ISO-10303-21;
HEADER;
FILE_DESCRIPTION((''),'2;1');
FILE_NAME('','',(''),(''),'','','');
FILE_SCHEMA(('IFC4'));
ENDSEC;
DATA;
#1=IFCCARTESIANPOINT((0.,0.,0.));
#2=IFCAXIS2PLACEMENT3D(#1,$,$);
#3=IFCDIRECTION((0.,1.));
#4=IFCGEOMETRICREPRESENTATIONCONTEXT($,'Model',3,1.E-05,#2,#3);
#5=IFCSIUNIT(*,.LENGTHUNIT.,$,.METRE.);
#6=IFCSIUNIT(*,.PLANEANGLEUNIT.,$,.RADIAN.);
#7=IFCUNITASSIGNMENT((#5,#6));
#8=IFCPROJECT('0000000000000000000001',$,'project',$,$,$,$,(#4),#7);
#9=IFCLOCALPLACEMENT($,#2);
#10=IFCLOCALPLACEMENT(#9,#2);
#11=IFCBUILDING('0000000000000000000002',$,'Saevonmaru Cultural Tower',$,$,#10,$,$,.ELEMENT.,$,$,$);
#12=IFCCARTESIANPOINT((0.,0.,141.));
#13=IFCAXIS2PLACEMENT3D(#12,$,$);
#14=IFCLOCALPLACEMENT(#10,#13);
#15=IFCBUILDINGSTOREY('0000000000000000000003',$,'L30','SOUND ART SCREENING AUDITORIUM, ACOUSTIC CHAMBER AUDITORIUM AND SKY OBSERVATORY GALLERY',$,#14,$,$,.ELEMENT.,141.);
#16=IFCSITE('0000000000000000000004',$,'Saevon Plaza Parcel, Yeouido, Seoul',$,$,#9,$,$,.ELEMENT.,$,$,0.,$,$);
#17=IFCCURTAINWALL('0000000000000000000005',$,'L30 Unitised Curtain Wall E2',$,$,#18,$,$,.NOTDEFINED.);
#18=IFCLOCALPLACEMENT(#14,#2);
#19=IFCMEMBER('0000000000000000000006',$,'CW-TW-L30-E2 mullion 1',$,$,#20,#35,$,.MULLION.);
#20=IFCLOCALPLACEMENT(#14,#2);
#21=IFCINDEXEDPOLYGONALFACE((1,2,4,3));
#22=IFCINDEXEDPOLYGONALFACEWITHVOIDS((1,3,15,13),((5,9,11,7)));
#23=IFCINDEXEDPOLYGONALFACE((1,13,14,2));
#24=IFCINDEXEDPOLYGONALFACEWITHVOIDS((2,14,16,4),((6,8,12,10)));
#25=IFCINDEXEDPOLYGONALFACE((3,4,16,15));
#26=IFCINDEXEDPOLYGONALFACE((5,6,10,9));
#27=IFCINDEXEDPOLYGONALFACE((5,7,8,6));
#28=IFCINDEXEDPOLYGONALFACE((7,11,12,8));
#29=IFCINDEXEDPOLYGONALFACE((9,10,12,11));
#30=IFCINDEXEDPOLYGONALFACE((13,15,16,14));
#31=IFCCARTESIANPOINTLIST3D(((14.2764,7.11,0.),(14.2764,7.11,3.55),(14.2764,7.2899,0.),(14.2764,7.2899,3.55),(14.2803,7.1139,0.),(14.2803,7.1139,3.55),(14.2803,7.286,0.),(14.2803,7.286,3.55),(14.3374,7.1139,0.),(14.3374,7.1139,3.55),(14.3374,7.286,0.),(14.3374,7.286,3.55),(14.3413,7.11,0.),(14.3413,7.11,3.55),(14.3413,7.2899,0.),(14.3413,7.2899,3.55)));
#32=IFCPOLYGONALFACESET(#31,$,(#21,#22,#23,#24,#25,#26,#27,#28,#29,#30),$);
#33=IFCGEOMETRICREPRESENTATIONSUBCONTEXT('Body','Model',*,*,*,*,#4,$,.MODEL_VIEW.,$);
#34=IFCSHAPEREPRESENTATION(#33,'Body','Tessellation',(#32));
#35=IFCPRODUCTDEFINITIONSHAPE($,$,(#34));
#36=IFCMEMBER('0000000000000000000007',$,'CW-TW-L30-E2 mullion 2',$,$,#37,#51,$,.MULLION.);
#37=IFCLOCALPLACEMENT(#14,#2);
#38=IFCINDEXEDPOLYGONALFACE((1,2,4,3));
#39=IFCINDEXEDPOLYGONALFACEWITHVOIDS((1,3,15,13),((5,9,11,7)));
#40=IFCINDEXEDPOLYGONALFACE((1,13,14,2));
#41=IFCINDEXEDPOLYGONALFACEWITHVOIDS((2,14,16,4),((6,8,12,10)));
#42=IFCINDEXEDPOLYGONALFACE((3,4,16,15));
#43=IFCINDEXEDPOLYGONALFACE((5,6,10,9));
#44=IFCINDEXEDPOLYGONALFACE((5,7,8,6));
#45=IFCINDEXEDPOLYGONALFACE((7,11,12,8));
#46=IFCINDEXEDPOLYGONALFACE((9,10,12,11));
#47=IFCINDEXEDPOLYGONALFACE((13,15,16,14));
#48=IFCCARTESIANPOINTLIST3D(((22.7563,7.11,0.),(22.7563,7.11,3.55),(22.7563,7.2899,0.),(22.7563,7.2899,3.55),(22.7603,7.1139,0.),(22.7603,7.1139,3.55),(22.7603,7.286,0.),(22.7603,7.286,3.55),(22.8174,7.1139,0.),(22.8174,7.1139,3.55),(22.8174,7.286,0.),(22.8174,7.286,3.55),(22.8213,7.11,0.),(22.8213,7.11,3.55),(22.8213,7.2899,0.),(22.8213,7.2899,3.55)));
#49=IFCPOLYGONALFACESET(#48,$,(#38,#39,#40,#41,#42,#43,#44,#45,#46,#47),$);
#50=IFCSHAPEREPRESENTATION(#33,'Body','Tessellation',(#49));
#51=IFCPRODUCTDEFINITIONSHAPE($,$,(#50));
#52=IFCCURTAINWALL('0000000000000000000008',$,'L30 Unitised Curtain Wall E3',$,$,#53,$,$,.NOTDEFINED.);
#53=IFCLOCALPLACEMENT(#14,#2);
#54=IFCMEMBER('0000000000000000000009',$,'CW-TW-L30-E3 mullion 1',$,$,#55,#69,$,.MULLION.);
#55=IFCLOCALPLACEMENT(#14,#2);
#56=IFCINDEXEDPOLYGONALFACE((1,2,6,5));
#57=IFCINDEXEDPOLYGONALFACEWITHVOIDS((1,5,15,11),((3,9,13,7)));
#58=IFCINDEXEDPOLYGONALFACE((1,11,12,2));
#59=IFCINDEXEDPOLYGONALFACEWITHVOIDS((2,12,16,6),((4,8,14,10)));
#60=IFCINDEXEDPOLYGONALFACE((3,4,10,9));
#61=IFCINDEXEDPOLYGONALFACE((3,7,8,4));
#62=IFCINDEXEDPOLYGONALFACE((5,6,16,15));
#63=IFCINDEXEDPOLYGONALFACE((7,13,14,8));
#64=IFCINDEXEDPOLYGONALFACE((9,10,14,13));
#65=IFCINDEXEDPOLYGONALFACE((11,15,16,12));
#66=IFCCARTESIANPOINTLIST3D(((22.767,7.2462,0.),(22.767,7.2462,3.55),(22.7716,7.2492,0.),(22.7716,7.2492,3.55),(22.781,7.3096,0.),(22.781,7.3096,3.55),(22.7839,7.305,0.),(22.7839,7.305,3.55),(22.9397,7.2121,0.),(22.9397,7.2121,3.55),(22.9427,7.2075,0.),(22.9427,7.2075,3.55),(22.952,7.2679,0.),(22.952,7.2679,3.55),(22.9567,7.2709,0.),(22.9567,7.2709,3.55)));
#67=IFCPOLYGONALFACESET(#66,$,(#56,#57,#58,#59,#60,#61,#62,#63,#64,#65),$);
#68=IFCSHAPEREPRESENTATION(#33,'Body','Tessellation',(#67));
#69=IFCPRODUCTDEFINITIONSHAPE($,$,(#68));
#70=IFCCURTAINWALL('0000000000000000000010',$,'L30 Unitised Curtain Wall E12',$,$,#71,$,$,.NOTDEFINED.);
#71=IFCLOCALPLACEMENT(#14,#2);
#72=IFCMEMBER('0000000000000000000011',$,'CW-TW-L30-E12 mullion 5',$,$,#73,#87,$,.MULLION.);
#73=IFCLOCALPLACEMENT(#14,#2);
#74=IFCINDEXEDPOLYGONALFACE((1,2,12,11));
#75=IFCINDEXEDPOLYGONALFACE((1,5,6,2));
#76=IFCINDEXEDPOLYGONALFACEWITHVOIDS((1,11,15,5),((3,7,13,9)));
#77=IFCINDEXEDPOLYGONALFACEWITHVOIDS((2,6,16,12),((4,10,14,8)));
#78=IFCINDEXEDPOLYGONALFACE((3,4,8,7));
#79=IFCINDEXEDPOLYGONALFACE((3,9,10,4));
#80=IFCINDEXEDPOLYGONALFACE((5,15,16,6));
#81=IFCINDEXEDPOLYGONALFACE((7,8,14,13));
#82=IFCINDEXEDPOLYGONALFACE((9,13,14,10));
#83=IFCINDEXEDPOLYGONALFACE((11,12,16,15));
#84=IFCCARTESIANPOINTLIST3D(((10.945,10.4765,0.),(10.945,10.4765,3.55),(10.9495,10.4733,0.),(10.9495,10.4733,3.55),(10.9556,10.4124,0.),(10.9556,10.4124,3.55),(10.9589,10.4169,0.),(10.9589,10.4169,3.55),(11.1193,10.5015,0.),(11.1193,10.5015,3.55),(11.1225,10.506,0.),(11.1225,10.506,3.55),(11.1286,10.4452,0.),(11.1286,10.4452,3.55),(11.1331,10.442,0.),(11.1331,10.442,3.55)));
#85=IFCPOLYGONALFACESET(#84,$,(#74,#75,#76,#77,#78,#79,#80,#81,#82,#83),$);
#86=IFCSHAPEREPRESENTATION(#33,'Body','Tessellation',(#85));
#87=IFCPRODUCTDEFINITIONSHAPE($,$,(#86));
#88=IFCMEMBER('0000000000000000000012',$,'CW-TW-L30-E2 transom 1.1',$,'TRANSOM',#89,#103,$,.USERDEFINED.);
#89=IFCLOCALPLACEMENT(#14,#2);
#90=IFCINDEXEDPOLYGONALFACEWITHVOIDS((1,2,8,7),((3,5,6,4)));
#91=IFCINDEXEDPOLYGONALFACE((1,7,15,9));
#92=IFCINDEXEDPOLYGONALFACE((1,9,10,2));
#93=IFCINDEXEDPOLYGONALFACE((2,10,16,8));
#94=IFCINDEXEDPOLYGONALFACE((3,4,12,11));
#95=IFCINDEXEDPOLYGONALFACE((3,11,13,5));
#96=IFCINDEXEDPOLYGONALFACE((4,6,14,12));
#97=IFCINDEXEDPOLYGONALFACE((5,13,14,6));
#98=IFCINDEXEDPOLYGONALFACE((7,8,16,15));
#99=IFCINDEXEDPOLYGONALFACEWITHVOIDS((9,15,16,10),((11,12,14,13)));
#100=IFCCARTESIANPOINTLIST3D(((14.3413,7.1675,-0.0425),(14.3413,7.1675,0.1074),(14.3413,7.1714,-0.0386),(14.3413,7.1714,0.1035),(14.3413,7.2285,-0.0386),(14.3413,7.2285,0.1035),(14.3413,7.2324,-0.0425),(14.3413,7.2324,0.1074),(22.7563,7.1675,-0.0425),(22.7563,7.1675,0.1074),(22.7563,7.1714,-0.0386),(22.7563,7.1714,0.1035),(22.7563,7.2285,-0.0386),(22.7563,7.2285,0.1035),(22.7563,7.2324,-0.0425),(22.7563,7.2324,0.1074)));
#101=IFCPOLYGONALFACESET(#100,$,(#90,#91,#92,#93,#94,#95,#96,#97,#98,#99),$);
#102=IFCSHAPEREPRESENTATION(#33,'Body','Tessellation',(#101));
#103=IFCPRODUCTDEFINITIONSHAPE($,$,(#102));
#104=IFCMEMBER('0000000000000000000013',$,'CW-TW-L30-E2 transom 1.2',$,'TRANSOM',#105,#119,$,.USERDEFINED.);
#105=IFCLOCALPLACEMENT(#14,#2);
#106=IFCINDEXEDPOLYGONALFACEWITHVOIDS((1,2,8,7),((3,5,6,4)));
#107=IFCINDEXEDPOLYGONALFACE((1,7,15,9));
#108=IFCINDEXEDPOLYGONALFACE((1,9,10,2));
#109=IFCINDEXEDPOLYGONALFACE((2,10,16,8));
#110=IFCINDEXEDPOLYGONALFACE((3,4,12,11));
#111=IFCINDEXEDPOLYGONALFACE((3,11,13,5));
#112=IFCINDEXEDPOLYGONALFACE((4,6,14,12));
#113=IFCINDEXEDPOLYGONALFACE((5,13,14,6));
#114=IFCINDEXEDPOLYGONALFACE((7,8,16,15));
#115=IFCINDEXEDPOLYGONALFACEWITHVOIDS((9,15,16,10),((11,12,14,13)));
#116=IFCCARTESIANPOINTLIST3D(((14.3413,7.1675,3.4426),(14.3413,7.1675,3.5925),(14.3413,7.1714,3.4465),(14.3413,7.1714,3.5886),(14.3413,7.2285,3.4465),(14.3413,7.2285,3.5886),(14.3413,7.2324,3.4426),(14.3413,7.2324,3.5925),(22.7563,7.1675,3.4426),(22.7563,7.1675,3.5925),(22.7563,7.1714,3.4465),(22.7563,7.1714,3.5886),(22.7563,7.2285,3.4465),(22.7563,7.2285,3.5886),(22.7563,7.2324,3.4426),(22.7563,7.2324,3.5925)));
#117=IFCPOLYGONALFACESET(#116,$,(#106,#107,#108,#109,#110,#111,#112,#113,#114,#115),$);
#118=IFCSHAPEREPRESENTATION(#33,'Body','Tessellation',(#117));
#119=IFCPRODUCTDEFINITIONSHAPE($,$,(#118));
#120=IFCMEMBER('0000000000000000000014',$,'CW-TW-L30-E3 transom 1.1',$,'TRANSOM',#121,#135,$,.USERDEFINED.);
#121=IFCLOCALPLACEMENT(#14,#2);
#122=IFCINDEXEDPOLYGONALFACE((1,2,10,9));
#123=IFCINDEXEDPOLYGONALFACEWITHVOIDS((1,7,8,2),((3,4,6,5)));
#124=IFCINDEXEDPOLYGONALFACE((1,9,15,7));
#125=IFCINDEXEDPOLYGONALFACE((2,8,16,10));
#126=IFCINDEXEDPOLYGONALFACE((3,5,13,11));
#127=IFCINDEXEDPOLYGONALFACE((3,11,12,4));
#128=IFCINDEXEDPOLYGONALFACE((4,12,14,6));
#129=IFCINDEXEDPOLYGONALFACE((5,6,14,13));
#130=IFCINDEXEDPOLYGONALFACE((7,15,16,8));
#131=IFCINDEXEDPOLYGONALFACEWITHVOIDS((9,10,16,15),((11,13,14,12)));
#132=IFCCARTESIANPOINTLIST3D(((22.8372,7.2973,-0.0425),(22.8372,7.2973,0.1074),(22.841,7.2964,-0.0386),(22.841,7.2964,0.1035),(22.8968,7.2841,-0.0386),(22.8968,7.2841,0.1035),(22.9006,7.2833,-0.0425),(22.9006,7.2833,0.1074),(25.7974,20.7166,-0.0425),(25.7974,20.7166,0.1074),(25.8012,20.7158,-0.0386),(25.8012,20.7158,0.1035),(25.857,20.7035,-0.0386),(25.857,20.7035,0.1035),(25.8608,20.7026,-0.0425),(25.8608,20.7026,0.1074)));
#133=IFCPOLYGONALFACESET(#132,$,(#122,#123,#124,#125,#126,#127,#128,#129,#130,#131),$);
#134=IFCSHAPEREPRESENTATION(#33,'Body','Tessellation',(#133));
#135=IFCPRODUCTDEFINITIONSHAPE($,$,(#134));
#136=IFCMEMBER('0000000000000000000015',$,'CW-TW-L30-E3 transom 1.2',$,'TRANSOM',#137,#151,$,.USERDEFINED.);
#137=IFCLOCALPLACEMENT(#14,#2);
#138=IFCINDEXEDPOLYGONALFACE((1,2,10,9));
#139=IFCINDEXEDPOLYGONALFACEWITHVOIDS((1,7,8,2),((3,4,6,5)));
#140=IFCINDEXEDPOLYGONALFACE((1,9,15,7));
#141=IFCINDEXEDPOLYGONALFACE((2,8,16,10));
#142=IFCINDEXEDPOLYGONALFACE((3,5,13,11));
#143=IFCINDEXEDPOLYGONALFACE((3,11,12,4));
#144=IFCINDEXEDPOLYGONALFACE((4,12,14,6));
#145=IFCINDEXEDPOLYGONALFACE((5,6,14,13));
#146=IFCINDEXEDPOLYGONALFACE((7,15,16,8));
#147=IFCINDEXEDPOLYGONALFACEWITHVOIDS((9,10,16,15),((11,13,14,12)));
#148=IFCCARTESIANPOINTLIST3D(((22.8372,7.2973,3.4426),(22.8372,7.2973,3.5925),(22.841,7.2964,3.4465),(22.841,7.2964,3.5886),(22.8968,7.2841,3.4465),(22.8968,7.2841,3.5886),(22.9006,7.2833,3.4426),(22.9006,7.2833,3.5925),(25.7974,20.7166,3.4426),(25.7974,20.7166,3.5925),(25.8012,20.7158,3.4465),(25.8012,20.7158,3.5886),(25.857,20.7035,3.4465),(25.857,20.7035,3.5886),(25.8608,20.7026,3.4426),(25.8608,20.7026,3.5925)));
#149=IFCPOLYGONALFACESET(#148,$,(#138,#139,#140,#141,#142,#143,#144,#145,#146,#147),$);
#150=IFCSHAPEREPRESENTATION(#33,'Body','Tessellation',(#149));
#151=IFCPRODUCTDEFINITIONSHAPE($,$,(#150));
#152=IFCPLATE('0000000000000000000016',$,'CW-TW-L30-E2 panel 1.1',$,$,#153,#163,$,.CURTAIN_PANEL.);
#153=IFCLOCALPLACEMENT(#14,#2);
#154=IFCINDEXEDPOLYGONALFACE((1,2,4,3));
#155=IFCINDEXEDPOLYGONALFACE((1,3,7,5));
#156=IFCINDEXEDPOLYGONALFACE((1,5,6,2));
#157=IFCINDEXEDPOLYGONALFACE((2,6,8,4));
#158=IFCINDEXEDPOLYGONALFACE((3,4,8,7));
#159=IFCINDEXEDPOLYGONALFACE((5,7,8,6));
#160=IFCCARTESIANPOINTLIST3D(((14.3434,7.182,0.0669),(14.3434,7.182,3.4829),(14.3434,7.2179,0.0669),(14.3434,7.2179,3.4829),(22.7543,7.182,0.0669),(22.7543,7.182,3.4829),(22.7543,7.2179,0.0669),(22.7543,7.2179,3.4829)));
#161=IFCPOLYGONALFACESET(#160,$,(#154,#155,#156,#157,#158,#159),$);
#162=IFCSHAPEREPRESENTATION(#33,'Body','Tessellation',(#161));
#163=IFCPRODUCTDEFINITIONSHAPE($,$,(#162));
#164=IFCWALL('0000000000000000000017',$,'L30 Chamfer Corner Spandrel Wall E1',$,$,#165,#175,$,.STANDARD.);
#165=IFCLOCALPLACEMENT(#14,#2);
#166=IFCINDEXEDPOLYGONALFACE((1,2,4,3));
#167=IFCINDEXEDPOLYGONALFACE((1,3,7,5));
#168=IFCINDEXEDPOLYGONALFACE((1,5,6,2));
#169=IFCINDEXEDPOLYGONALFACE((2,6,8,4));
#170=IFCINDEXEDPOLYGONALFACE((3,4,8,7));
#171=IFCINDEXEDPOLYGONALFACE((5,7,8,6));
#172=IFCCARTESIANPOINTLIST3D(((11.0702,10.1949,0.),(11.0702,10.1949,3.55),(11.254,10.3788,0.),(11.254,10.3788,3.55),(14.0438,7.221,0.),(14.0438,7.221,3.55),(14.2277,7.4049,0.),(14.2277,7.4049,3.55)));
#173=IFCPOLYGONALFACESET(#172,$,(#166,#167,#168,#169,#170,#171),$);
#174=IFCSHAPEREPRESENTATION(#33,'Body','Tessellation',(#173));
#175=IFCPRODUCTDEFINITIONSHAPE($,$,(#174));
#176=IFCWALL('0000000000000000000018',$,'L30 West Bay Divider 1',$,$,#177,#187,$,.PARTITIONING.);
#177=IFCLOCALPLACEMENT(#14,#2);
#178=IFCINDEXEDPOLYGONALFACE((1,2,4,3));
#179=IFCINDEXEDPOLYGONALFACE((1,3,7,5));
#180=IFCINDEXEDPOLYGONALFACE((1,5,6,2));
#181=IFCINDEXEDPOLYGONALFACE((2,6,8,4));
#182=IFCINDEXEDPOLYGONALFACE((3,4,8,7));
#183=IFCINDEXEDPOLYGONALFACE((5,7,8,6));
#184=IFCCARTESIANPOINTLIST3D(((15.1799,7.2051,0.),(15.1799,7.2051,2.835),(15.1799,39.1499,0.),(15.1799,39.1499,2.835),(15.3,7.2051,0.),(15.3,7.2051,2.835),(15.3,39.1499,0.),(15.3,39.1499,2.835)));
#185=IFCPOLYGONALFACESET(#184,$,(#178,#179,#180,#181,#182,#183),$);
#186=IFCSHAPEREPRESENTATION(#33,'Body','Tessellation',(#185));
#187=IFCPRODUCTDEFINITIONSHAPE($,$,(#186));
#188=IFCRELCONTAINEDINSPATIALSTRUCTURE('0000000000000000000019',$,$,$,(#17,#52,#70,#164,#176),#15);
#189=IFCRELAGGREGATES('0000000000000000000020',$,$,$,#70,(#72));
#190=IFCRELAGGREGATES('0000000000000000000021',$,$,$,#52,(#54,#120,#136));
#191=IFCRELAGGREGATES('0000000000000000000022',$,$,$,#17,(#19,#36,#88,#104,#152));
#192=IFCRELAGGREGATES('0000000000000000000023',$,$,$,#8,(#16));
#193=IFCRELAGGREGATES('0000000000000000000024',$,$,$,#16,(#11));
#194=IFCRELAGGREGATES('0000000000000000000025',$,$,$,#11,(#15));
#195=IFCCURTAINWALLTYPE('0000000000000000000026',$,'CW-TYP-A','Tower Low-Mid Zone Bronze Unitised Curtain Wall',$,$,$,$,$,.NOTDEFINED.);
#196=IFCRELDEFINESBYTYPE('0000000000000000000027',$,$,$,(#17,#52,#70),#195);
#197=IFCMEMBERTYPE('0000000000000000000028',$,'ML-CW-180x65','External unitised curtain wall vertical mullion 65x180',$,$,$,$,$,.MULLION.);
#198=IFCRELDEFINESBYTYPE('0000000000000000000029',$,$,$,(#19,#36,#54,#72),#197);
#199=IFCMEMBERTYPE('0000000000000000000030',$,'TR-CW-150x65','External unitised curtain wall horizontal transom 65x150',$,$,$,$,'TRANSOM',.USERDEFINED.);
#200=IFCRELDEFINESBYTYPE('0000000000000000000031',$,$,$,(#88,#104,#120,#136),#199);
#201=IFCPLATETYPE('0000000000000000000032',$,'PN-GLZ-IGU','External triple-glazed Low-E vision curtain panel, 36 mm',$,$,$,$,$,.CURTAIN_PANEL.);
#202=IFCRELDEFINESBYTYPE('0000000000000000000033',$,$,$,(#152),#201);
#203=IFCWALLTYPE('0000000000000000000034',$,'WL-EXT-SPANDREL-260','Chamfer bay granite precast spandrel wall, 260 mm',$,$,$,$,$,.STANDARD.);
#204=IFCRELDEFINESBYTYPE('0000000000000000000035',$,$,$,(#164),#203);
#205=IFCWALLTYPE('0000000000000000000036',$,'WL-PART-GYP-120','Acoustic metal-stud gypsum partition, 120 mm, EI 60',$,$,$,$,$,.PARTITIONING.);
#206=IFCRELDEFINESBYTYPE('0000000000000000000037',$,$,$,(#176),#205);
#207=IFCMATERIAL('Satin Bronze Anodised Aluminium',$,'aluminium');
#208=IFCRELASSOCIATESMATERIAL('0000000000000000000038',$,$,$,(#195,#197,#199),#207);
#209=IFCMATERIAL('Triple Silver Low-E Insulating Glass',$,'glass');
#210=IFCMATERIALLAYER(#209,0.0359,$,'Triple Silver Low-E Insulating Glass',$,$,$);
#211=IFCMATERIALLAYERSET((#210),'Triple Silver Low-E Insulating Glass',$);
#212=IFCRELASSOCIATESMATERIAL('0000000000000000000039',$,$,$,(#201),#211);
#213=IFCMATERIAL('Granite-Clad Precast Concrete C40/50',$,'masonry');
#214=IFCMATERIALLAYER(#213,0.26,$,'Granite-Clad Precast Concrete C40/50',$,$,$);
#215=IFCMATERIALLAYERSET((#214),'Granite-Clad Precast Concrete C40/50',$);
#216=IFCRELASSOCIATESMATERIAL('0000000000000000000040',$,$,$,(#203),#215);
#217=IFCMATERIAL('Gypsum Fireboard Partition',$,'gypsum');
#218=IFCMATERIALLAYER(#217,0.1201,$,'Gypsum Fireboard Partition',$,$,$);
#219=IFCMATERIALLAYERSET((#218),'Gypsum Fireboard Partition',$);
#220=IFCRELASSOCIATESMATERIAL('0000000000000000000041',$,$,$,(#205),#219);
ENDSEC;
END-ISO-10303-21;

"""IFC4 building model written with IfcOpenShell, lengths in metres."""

from ifc_helpers import new_model, si_unit, direction, frame, frame_2d, origin, origin_2d, place, context, subcontext, project, spatial, rectangle, hollow_rectangle, extrude, material, layer, layer_set, material_profile, profile_set, type_object, element, aggregate, save


model = new_model("IFC4")

# Units and contexts
model_context = context("Model", 3, precision=1e-05, world=origin(), true_north=direction((0.0, 1.0)))
body_context = subcontext(model_context, "Body", "Model", "MODEL_VIEW")
ifc_project = project(units=[si_unit("LENGTHUNIT", "METRE"), si_unit("PLANEANGLEUNIT", "RADIAN")], contexts=[model_context])

# Site, building, storey
site_placement = place(None, origin())
site = spatial("IfcSite", under=ifc_project, at=site_placement, Name="Saevon Plaza Parcel, Yeouido, Seoul", CompositionType="ELEMENT", RefElevation=0.0)
building_placement = place(site_placement, origin())
building = spatial("IfcBuilding", under=site, at=building_placement, Name="Saevonmaru Cultural Tower", CompositionType="ELEMENT")
storey_placement = place(building_placement, frame((0.0, 0.0, 141.0)))
storey = spatial("IfcBuildingStorey", under=building, at=storey_placement, Name="L30", Description="SOUND ART SCREENING AUDITORIUM, ACOUSTIC CHAMBER AUDITORIUM AND SKY OBSERVATORY GALLERY", CompositionType="ELEMENT", Elevation=141.0)

# Curtain wall, members
ifc_material_1 = material(Name="Satin Bronze Anodised Aluminium", Category="aluminium")
curtain_wall_type = type_object("IfcCurtainWallType", Name="CW-TYP-A", Description="Tower Low-Mid Zone Bronze Unitised Curtain Wall", PredefinedType="NOTDEFINED", material=ifc_material_1)
curtain_wall_1_placement = place(storey_placement, origin())
curtain_wall_1 = element("IfcCurtainWall", 1, at=curtain_wall_1_placement, inside=storey, type_object=curtain_wall_type, Name="L30 Unitised Curtain Wall E2", PredefinedType="NOTDEFINED")
ifc_material_profile_1 = material_profile(ifc_material_1, hollow_rectangle(XDim=0.0649, YDim=0.1799, WallThickness=0.0039, at=origin_2d()), Name="ALU-MULL-180x65x4")
ifc_profile_set_1 = profile_set([ifc_material_profile_1], Name="Satin Bronze Anodised Aluminium")
member_type_1 = type_object("IfcMemberType", Name="ML-CW-180x65", Description="External unitised curtain wall vertical mullion 65x180", PredefinedType="MULLION", material=ifc_profile_set_1)
member_1_placement = place(storey_placement, frame((14.3088, 7.2, 0.0), z_axis=(0.0, 0.0, 1.0), x_axis=(1.0, 0.0, 0.0)))
member_1 = element("IfcMember", 2, at=member_1_placement, type_object=member_type_1, Name="CW-TW-L30-E2 mullion 1", PredefinedType="MULLION", context=body_context, shape_type="SweptSolid", body=[
    extrude(hollow_rectangle(XDim=0.0649, YDim=0.1799, WallThickness=0.0039, at=origin_2d()), origin(), (0.0, 0.0, 1.0), 3.55),
])
member_2_placement = place(storey_placement, frame((22.7888, 7.2, 0.0), z_axis=(0.0, 0.0, 1.0), x_axis=(1.0, 0.0, 0.0)))
member_2 = element("IfcMember", 3, at=member_2_placement, type_object=member_type_1, Name="CW-TW-L30-E2 mullion 2", PredefinedType="MULLION", context=body_context, shape_type="SweptSolid", body=[
    extrude(hollow_rectangle(XDim=0.0649, YDim=0.1799, WallThickness=0.0039, at=origin_2d()), origin(), (0.0, 0.0, 1.0), 3.55),
])

# Curtain walls, members
curtain_wall_2_placement = place(storey_placement, origin())
curtain_wall_2 = element("IfcCurtainWall", 4, at=curtain_wall_2_placement, inside=storey, type_object=curtain_wall_type, Name="L30 Unitised Curtain Wall E3", PredefinedType="NOTDEFINED")
member_3_placement = place(storey_placement, frame((22.8618, 7.2585, 0.0), z_axis=(0.0, 0.0, 1.0), x_axis=(0.215413, 0.976523, 0.0)))
member_3 = element("IfcMember", 5, at=member_3_placement, type_object=member_type_1, Name="CW-TW-L30-E3 mullion 1", PredefinedType="MULLION", context=body_context, shape_type="SweptSolid", body=[
    extrude(hollow_rectangle(XDim=0.0649, YDim=0.1799, WallThickness=0.0039, at=origin_2d()), origin(), (0.0, 0.0, 1.0), 3.55),
])
curtain_wall_3_placement = place(storey_placement, origin())
curtain_wall_3 = element("IfcCurtainWall", 6, at=curtain_wall_3_placement, inside=storey, type_object=curtain_wall_type, Name="L30 Unitised Curtain Wall E12", PredefinedType="NOTDEFINED")
member_4_placement = place(storey_placement, frame((11.0391, 10.4592, 0.0), z_axis=(0.0, 0.0, 1.0), x_axis=(0.163999, -0.986461, 0.0)))
member_4 = element("IfcMember", 7, at=member_4_placement, type_object=member_type_1, Name="CW-TW-L30-E12 mullion 5", PredefinedType="MULLION", context=body_context, shape_type="SweptSolid", body=[
    extrude(hollow_rectangle(XDim=0.0649, YDim=0.1799, WallThickness=0.0039, at=origin_2d()), origin(), (0.0, 0.0, 1.0), 3.55),
])
aggregate(curtain_wall_3, [member_4])

# Members
ifc_material_profile_2 = material_profile(ifc_material_1, hollow_rectangle(XDim=0.0649, YDim=0.1499, WallThickness=0.0039, at=origin_2d()), Name="ALU-TRAN-150x65x4")
ifc_profile_set_2 = profile_set([ifc_material_profile_2], Name="Satin Bronze Anodised Aluminium")
member_type_2 = type_object("IfcMemberType", Name="TR-CW-150x65", Description="External unitised curtain wall horizontal transom 65x150", ElementType="TRANSOM", PredefinedType="USERDEFINED", material=ifc_profile_set_2)
member_5_placement = place(storey_placement, frame((14.3413, 7.2, 0.0325), z_axis=(1.0, 0.0, 0.0), x_axis=(0.0, 1.0, 0.0)))
member_5 = element("IfcMember", 8, at=member_5_placement, type_object=member_type_2, Name="CW-TW-L30-E2 transom 1.1", ObjectType="TRANSOM", PredefinedType="USERDEFINED", context=body_context, shape_type="SweptSolid", body=[
    extrude(hollow_rectangle(XDim=0.0649, YDim=0.1499, WallThickness=0.0039, at=origin_2d()), origin(), (0.0, 0.0, 1.0), 8.415),
])
member_6_placement = place(storey_placement, frame((14.3413, 7.2, 3.5176), z_axis=(1.0, 0.0, 0.0), x_axis=(0.0, 1.0, 0.0)))
member_6 = element("IfcMember", 9, at=member_6_placement, type_object=member_type_2, Name="CW-TW-L30-E2 transom 1.2", ObjectType="TRANSOM", PredefinedType="USERDEFINED", context=body_context, shape_type="SweptSolid", body=[
    extrude(hollow_rectangle(XDim=0.0649, YDim=0.1499, WallThickness=0.0039, at=origin_2d()), origin(), (0.0, 0.0, 1.0), 8.415),
])
member_7_placement = place(storey_placement, frame((22.8689, 7.2903, 0.0325), z_axis=(0.215412, 0.976523, 0.0), x_axis=(-0.976523, 0.215412, 0.0)))
member_7 = element("IfcMember", 10, at=member_7_placement, type_object=member_type_2, Name="CW-TW-L30-E3 transom 1.1", ObjectType="TRANSOM", PredefinedType="USERDEFINED", context=body_context, shape_type="SweptSolid", body=[
    extrude(hollow_rectangle(XDim=0.0649, YDim=0.1499, WallThickness=0.0039, at=origin_2d()), origin(), (0.0, 0.0, 1.0), 13.7419),
])
member_8_placement = place(storey_placement, frame((22.8689, 7.2903, 3.5176), z_axis=(0.215412, 0.976523, 0.0), x_axis=(-0.976523, 0.215412, 0.0)))
member_8 = element("IfcMember", 11, at=member_8_placement, type_object=member_type_2, Name="CW-TW-L30-E3 transom 1.2", ObjectType="TRANSOM", PredefinedType="USERDEFINED", context=body_context, shape_type="SweptSolid", body=[
    extrude(hollow_rectangle(XDim=0.0649, YDim=0.1499, WallThickness=0.0039, at=origin_2d()), origin(), (0.0, 0.0, 1.0), 13.7419),
])
aggregate(curtain_wall_2, [member_3, member_7, member_8])

# Plate
ifc_material_2 = material(Name="Triple Silver Low-E Insulating Glass", Category="glass")
ifc_layer_1 = layer(ifc_material_2, 0.0359, Name="Triple Silver Low-E Insulating Glass")
ifc_layer_set_1 = layer_set([ifc_layer_1], Name="Triple Silver Low-E Insulating Glass")
plate_type = type_object("IfcPlateType", Name="PN-GLZ-IGU", Description="External triple-glazed Low-E vision curtain panel, 36 mm", PredefinedType="CURTAIN_PANEL", material=ifc_layer_set_1)
plate_placement = place(storey_placement, frame((18.5488, 7.2, 0.0669), z_axis=(0.0, 0.0, 1.0), x_axis=(1.0, 0.0, 0.0)))
plate = element("IfcPlate", 12, at=plate_placement, type_object=plate_type, Name="CW-TW-L30-E2 panel 1.1", PredefinedType="CURTAIN_PANEL", context=body_context, shape_type="SweptSolid", body=[
    extrude(rectangle(XDim=8.4109, YDim=0.0359, at=origin_2d()), origin(), (0.0, 0.0, 1.0), 3.416),
])
aggregate(curtain_wall_1, [member_1, member_2, member_5, member_6, plate])

# Walls
ifc_material_3 = material(Name="Granite-Clad Precast Concrete C40/50", Category="masonry")
ifc_layer_2 = layer(ifc_material_3, 0.26, Name="Granite-Clad Precast Concrete C40/50")
ifc_layer_set_2 = layer_set([ifc_layer_2], Name="Granite-Clad Precast Concrete C40/50")
wall_type_1 = type_object("IfcWallType", Name="WL-EXT-SPANDREL-260", Description="Chamfer bay granite precast spandrel wall, 260 mm", PredefinedType="STANDARD", material=ifc_layer_set_2)
wall_1_placement = place(storey_placement, frame((11.1621, 10.2869, 0.0), z_axis=(0.0, 0.0, 1.0), x_axis=(0.707078, -0.707136, 0.0)))
element("IfcWall", 13, at=wall_1_placement, inside=storey, type_object=wall_type_1, Name="L30 Chamfer Corner Spandrel Wall E1", PredefinedType="STANDARD", context=body_context, shape_type="SweptSolid", body=[
    extrude(rectangle(XDim=4.2056, YDim=0.26, at=frame_2d((2.1028, 0.0))), origin(), (0.0, 0.0, 1.0), 3.55),
])
ifc_material_4 = material(Name="Gypsum Fireboard Partition", Category="gypsum")
ifc_layer_3 = layer(ifc_material_4, 0.1201, Name="Gypsum Fireboard Partition")
ifc_layer_set_3 = layer_set([ifc_layer_3], Name="Gypsum Fireboard Partition")
wall_type_2 = type_object("IfcWallType", Name="WL-PART-GYP-120", Description="Acoustic metal-stud gypsum partition, 120 mm, EI 60", PredefinedType="PARTITIONING", material=ifc_layer_set_3)
wall_2_placement = place(storey_placement, frame((15.24, 7.2051, 0.0), z_axis=(0.0, 0.0, 1.0), x_axis=(0.0, 1.0, 0.0)))
element("IfcWall", 14, at=wall_2_placement, inside=storey, type_object=wall_type_2, Name="L30 West Bay Divider 1", PredefinedType="PARTITIONING", context=body_context, shape_type="SweptSolid", body=[
    extrude(rectangle(XDim=31.9448, YDim=0.1201, at=frame_2d((15.9724, 0.0))), origin(), (0.0, 0.0, 1.0), 2.835),
])

save(model, "model.ifc")
